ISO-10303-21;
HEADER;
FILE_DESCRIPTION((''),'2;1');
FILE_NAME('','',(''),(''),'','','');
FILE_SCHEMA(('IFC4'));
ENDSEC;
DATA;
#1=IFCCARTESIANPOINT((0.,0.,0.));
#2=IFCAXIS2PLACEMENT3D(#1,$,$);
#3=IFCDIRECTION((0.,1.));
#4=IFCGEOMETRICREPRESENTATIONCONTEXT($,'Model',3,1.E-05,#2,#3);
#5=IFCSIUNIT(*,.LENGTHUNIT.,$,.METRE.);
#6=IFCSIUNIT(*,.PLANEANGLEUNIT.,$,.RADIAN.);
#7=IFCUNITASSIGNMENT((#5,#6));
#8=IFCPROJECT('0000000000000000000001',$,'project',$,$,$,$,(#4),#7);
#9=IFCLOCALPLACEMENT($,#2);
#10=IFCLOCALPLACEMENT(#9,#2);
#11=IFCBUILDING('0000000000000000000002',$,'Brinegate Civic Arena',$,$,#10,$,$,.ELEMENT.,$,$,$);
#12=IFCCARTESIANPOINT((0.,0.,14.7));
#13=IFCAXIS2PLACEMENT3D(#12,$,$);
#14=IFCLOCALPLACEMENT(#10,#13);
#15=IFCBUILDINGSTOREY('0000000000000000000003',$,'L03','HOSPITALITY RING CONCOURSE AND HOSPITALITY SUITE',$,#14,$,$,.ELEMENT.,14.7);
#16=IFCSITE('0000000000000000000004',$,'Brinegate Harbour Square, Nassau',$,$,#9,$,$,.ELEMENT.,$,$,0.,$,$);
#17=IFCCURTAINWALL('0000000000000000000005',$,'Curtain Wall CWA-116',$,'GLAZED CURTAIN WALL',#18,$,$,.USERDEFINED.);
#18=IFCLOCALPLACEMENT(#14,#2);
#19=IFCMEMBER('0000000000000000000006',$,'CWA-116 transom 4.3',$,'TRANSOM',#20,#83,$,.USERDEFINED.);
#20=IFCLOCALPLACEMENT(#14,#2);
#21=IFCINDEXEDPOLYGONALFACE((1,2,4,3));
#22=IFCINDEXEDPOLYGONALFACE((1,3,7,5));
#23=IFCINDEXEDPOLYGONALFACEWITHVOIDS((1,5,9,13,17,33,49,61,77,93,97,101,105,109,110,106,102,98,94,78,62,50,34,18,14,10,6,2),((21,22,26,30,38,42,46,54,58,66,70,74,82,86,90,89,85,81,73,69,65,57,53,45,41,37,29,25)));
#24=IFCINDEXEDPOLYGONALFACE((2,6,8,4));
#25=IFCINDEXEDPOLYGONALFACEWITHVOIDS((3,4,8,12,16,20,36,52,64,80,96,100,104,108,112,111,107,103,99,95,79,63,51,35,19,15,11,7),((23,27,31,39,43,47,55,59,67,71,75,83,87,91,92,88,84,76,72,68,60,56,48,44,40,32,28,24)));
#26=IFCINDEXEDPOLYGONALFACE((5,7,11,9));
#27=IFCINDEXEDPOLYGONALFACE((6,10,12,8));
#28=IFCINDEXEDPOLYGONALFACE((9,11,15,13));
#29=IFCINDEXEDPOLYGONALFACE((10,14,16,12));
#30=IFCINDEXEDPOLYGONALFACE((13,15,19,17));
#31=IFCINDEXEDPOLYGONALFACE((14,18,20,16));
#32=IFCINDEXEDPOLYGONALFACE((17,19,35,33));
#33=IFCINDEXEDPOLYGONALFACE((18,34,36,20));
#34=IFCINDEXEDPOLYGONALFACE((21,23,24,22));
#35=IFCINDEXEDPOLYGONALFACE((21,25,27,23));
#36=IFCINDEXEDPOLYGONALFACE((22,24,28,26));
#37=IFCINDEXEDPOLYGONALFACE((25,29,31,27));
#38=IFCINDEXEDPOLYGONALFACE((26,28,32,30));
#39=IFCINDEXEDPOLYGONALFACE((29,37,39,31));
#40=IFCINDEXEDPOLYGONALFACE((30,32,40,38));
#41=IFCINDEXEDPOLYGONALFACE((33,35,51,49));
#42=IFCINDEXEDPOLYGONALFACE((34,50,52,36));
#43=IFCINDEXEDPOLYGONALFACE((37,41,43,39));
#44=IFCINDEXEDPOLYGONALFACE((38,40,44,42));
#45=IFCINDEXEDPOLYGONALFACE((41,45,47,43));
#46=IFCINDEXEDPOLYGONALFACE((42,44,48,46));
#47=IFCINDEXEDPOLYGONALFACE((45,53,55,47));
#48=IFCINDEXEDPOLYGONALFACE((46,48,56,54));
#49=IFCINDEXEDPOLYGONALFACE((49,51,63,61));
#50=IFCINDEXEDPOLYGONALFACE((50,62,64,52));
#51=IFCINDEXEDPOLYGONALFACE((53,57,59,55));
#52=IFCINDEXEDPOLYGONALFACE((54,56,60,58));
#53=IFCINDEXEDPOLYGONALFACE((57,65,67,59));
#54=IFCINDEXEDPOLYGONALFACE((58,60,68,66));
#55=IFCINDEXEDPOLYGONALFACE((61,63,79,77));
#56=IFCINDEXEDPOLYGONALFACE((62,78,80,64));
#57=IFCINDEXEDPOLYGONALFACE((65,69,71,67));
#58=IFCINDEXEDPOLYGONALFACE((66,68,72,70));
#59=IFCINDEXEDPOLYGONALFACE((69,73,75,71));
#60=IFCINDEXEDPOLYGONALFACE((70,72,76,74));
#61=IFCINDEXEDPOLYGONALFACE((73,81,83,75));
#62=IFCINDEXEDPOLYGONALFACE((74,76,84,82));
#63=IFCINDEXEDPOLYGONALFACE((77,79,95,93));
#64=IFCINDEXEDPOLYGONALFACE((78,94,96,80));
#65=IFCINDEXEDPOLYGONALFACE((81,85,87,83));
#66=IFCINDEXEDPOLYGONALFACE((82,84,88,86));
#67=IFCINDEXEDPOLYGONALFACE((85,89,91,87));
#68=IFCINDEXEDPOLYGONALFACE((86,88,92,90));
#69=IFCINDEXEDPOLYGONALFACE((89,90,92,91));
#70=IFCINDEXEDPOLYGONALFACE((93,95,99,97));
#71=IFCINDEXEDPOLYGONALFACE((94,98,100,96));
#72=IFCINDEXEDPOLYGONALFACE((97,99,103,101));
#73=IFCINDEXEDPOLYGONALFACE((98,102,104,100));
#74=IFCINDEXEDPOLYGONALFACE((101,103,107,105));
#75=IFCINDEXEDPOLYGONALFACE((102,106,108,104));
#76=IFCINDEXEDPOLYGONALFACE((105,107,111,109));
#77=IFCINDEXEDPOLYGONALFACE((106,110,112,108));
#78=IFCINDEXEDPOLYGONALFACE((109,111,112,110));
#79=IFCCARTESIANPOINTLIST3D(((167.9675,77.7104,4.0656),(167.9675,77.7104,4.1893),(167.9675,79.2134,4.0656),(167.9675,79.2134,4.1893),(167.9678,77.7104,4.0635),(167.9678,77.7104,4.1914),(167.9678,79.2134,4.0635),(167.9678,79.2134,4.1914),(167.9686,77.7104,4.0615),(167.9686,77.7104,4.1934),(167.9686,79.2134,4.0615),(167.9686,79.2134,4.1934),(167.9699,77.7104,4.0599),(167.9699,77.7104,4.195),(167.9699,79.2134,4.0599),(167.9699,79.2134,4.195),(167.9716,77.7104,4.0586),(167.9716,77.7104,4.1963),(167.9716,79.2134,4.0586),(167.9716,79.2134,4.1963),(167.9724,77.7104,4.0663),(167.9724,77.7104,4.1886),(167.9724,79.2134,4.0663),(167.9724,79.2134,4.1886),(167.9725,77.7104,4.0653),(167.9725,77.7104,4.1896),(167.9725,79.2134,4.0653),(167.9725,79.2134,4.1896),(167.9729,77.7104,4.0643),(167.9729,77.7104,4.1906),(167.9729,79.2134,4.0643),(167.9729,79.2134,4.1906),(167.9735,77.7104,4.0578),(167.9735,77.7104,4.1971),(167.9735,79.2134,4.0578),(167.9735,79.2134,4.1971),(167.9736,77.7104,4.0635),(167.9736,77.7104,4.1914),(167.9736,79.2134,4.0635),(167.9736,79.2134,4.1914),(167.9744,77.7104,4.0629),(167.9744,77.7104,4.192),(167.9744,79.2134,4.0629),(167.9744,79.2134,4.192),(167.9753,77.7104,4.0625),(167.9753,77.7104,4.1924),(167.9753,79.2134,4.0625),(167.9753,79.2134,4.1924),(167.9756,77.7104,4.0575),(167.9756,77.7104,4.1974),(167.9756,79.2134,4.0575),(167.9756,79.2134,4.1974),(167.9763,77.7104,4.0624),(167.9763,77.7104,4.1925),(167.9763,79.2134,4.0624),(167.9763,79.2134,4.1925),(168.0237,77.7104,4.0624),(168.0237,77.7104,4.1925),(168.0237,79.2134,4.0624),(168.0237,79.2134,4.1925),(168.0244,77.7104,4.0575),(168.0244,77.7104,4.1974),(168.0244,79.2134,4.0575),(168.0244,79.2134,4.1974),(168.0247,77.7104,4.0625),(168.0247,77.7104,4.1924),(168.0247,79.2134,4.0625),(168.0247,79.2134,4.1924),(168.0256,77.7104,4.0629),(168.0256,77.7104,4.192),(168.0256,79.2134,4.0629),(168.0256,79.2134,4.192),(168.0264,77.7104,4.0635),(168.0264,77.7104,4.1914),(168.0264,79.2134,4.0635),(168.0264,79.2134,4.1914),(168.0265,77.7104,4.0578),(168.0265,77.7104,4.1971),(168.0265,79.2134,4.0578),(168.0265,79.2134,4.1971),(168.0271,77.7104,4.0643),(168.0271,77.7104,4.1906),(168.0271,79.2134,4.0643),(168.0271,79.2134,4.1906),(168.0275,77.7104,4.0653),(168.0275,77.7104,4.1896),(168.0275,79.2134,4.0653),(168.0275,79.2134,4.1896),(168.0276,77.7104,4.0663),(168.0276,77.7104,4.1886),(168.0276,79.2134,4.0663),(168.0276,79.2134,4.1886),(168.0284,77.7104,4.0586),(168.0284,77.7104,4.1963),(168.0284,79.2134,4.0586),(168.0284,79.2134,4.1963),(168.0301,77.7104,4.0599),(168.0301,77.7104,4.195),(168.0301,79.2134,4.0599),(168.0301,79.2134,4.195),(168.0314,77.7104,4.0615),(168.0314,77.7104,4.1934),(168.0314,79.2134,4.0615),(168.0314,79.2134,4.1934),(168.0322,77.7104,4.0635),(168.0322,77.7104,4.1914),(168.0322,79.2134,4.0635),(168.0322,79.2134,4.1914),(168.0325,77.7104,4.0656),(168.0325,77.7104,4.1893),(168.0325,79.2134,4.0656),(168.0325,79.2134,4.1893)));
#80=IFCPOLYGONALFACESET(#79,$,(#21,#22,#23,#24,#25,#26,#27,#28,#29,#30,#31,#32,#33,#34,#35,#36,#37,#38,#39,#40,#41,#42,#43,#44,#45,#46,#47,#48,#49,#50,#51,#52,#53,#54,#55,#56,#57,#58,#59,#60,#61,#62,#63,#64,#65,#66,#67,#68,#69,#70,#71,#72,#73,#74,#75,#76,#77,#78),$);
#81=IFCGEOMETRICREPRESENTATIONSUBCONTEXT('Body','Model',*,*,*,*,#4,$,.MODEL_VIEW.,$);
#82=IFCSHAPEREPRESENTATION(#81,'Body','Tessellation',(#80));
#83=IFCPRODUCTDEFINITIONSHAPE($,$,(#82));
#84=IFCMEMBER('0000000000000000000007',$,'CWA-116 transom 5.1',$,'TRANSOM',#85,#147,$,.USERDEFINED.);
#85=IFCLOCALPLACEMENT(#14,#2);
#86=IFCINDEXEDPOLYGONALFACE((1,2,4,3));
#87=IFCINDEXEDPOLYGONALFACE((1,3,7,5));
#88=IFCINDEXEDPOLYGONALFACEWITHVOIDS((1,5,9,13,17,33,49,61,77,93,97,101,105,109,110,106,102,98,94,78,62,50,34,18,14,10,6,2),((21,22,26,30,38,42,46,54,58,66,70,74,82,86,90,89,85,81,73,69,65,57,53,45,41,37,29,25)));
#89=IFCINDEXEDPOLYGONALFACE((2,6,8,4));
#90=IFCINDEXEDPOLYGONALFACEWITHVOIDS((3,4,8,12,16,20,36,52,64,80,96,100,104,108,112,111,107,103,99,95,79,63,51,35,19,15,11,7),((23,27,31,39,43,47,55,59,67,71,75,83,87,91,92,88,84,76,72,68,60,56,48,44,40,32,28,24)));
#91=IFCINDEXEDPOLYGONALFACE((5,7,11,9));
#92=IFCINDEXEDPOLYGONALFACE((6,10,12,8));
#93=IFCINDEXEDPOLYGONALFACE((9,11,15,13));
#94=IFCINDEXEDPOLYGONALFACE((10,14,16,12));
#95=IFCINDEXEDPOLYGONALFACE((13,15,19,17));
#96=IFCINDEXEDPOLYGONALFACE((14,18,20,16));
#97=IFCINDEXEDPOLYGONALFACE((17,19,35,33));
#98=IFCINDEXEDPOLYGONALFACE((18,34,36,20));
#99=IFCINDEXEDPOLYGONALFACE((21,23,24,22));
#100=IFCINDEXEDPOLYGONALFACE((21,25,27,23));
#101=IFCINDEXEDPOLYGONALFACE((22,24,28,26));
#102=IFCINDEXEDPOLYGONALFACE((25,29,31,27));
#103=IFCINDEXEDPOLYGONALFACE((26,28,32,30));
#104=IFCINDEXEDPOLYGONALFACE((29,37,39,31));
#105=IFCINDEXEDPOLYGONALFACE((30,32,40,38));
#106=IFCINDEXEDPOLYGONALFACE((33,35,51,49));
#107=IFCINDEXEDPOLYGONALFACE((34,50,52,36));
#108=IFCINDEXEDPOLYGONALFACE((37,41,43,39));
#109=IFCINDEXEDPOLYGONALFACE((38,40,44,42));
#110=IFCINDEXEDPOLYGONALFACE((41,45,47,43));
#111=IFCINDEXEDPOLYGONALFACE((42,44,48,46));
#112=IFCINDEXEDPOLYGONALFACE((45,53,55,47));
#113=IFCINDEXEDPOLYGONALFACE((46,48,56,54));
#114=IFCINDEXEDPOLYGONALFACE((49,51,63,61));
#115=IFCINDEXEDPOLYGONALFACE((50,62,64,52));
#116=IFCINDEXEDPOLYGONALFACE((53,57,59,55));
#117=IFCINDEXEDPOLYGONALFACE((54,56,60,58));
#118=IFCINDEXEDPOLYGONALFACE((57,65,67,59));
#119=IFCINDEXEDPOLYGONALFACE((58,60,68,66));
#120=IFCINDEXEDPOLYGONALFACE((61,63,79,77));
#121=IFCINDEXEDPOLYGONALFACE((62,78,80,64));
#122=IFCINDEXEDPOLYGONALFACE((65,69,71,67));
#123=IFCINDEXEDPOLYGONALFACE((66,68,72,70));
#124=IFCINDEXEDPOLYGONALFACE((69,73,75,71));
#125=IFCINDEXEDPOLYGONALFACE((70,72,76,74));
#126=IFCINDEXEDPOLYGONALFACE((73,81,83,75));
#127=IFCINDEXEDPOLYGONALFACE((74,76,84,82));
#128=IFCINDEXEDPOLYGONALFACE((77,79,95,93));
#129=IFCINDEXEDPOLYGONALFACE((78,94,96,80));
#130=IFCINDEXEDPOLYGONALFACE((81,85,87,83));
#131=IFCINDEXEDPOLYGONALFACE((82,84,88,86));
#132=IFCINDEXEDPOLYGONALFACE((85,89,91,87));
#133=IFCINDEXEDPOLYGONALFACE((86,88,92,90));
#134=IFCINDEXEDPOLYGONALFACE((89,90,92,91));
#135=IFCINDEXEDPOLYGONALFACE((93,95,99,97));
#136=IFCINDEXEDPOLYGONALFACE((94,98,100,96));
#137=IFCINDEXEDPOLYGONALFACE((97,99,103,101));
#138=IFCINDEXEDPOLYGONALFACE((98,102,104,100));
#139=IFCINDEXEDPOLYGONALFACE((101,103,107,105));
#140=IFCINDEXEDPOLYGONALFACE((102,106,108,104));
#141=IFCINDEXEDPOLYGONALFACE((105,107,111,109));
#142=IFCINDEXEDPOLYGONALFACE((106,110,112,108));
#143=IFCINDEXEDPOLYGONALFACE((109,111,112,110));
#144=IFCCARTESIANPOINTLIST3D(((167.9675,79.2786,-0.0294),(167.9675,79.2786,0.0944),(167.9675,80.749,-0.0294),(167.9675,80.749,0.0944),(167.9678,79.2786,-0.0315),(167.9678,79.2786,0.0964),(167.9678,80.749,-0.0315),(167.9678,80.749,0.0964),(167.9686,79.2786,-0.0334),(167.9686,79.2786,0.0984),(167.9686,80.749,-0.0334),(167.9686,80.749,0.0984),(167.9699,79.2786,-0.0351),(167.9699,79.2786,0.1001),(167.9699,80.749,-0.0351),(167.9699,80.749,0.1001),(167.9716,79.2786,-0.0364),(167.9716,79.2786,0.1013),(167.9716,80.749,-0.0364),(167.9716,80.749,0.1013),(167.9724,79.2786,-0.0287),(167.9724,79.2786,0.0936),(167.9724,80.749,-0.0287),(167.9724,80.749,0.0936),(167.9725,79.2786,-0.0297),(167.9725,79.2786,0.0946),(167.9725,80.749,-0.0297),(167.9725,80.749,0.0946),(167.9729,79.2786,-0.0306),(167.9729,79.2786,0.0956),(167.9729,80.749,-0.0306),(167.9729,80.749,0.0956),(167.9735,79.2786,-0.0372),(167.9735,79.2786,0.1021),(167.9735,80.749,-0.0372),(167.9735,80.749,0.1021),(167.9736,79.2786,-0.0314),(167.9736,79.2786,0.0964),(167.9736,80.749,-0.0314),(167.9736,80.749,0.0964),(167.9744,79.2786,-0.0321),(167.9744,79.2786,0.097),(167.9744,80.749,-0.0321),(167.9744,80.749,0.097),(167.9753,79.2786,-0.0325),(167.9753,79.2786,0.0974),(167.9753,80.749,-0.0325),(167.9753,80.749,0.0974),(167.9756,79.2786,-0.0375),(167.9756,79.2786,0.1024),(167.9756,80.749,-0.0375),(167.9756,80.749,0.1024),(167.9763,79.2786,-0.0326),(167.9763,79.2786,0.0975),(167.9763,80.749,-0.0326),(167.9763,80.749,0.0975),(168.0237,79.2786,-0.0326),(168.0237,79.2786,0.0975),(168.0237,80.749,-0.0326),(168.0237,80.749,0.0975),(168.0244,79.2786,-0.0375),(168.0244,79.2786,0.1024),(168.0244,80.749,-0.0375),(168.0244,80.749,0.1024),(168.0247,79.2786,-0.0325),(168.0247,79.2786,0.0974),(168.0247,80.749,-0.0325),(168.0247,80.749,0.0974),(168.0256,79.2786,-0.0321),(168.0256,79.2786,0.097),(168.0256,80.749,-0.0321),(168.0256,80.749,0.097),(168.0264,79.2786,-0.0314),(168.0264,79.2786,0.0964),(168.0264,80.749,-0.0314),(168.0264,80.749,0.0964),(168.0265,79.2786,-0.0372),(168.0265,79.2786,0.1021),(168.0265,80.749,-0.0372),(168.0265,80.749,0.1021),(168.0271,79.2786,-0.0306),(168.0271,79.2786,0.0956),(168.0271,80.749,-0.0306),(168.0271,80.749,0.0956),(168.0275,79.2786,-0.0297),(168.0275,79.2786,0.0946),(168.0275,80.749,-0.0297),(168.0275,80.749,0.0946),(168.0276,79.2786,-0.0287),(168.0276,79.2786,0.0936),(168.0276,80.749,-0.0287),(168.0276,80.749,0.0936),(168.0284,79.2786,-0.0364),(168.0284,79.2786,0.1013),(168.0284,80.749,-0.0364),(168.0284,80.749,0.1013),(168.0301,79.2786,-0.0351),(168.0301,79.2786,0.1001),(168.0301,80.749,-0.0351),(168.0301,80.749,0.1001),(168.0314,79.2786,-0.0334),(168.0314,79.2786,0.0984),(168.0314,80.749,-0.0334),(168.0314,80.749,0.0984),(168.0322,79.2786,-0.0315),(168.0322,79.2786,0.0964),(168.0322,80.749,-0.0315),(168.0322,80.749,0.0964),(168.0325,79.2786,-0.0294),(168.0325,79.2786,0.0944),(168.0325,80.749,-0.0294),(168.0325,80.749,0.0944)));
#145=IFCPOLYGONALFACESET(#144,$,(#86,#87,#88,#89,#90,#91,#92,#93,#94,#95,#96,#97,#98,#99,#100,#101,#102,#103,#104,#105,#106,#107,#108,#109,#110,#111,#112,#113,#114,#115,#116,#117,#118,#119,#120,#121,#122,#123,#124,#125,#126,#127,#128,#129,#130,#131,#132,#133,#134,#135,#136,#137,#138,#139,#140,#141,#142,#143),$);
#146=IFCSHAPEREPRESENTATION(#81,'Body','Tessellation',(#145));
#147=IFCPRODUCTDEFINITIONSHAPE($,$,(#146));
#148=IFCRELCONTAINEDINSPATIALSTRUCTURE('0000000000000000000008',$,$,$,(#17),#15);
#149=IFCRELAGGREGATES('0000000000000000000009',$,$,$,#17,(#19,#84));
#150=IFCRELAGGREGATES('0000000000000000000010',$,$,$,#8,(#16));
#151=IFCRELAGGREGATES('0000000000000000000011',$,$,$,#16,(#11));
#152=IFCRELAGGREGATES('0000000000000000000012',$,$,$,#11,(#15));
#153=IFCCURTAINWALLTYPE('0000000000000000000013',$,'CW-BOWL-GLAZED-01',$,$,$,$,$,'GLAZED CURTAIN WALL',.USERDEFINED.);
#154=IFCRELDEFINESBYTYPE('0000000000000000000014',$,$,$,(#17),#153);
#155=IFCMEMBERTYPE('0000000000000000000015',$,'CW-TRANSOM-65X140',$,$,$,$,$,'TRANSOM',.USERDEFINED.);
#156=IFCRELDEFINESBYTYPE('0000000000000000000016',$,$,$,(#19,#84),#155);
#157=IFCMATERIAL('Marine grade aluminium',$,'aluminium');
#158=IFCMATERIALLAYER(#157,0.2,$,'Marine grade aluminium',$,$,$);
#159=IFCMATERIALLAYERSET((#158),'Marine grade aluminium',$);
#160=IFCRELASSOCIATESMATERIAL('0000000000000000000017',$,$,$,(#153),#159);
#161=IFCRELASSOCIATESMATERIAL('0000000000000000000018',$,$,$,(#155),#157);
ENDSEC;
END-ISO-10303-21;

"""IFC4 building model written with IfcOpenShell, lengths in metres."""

from ifc_helpers import new_model, si_unit, direction, frame, origin, origin_2d, place, context, subcontext, project, spatial, hollow_rectangle, extrude, material, layer, layer_set, material_profile, profile_set, type_object, element, aggregate, save


model = new_model("IFC4")

# Units and contexts
model_context = context("Model", 3, precision=1e-05, world=origin(), true_north=direction((0.0, 1.0)))
body_context = subcontext(model_context, "Body", "Model", "MODEL_VIEW")
ifc_project = project(units=[si_unit("LENGTHUNIT", "METRE"), si_unit("PLANEANGLEUNIT", "RADIAN")], contexts=[model_context])

# Site, building, storey
site_placement = place(None, origin())
site = spatial("IfcSite", under=ifc_project, at=site_placement, Name="Brinegate Harbour Square, Nassau", CompositionType="ELEMENT", RefElevation=0.0)
building_placement = place(site_placement, origin())
building = spatial("IfcBuilding", under=site, at=building_placement, Name="Brinegate Civic Arena", CompositionType="ELEMENT")
storey_placement = place(building_placement, frame((0.0, 0.0, 14.7)))
storey = spatial("IfcBuildingStorey", under=building, at=storey_placement, Name="L03", Description="HOSPITALITY RING CONCOURSE AND HOSPITALITY SUITE", CompositionType="ELEMENT", Elevation=14.7)

# Curtain wall, members
ifc_material_1 = material(Name="Marine grade aluminium", Category="aluminium")
ifc_layer_1 = layer(ifc_material_1, 0.2, Name="Marine grade aluminium")
ifc_layer_set_1 = layer_set([ifc_layer_1], Name="Marine grade aluminium")
curtain_wall_type = type_object("IfcCurtainWallType", Name="CW-BOWL-GLAZED-01", ElementType="GLAZED CURTAIN WALL", PredefinedType="USERDEFINED", material=ifc_layer_set_1)
curtain_wall_placement = place(storey_placement, origin())
curtain_wall = element("IfcCurtainWall", 1, at=curtain_wall_placement, inside=storey, type_object=curtain_wall_type, Name="Curtain Wall CWA-116", ObjectType="GLAZED CURTAIN WALL", PredefinedType="USERDEFINED")
ifc_material_profile_1 = material_profile(ifc_material_1, hollow_rectangle(XDim=0.0649, YDim=0.1399, WallThickness=0.0049, InnerFilletRadius=0.0039, OuterFilletRadius=0.0081, at=origin_2d()), Name="TRN65X140")
ifc_profile_set_1 = profile_set([ifc_material_profile_1], Name="Marine grade aluminium")
member_type_1 = type_object("IfcMemberType", Name="CW-TRANSOM-65X140", ElementType="TRANSOM", PredefinedType="USERDEFINED", material=ifc_profile_set_1)
member_1_placement = place(storey_placement, frame((168.0, 77.7104, 4.1274), z_axis=(0.0, 1.0, 0.0), x_axis=(-1.0, 0.0, 0.0)))
member_1 = element("IfcMember", 2, at=member_1_placement, type_object=member_type_1, Name="CWA-116 transom 4.3", ObjectType="TRANSOM", PredefinedType="USERDEFINED", context=body_context, shape_type="SweptSolid", body=[
    extrude(hollow_rectangle(XDim=0.0649, YDim=0.1399, WallThickness=0.0049, InnerFilletRadius=0.0039, OuterFilletRadius=0.0081, at=origin_2d()), origin(), (0.0, 0.0, 1.0), 1.5029),
])
member_2_placement = place(storey_placement, frame((168.0, 79.2786, 0.0325), z_axis=(0.0, 1.0, 0.0), x_axis=(-1.0, 0.0, 0.0)))
member_2 = element("IfcMember", 3, at=member_2_placement, type_object=member_type_1, Name="CWA-116 transom 5.1", ObjectType="TRANSOM", PredefinedType="USERDEFINED", context=body_context, shape_type="SweptSolid", body=[
    extrude(hollow_rectangle(XDim=0.0649, YDim=0.1399, WallThickness=0.0049, InnerFilletRadius=0.0039, OuterFilletRadius=0.0081, at=origin_2d()), origin(), (0.0, 0.0, 1.0), 1.4705),
])
aggregate(curtain_wall, [member_1, member_2])

save(model, "model.ifc")
